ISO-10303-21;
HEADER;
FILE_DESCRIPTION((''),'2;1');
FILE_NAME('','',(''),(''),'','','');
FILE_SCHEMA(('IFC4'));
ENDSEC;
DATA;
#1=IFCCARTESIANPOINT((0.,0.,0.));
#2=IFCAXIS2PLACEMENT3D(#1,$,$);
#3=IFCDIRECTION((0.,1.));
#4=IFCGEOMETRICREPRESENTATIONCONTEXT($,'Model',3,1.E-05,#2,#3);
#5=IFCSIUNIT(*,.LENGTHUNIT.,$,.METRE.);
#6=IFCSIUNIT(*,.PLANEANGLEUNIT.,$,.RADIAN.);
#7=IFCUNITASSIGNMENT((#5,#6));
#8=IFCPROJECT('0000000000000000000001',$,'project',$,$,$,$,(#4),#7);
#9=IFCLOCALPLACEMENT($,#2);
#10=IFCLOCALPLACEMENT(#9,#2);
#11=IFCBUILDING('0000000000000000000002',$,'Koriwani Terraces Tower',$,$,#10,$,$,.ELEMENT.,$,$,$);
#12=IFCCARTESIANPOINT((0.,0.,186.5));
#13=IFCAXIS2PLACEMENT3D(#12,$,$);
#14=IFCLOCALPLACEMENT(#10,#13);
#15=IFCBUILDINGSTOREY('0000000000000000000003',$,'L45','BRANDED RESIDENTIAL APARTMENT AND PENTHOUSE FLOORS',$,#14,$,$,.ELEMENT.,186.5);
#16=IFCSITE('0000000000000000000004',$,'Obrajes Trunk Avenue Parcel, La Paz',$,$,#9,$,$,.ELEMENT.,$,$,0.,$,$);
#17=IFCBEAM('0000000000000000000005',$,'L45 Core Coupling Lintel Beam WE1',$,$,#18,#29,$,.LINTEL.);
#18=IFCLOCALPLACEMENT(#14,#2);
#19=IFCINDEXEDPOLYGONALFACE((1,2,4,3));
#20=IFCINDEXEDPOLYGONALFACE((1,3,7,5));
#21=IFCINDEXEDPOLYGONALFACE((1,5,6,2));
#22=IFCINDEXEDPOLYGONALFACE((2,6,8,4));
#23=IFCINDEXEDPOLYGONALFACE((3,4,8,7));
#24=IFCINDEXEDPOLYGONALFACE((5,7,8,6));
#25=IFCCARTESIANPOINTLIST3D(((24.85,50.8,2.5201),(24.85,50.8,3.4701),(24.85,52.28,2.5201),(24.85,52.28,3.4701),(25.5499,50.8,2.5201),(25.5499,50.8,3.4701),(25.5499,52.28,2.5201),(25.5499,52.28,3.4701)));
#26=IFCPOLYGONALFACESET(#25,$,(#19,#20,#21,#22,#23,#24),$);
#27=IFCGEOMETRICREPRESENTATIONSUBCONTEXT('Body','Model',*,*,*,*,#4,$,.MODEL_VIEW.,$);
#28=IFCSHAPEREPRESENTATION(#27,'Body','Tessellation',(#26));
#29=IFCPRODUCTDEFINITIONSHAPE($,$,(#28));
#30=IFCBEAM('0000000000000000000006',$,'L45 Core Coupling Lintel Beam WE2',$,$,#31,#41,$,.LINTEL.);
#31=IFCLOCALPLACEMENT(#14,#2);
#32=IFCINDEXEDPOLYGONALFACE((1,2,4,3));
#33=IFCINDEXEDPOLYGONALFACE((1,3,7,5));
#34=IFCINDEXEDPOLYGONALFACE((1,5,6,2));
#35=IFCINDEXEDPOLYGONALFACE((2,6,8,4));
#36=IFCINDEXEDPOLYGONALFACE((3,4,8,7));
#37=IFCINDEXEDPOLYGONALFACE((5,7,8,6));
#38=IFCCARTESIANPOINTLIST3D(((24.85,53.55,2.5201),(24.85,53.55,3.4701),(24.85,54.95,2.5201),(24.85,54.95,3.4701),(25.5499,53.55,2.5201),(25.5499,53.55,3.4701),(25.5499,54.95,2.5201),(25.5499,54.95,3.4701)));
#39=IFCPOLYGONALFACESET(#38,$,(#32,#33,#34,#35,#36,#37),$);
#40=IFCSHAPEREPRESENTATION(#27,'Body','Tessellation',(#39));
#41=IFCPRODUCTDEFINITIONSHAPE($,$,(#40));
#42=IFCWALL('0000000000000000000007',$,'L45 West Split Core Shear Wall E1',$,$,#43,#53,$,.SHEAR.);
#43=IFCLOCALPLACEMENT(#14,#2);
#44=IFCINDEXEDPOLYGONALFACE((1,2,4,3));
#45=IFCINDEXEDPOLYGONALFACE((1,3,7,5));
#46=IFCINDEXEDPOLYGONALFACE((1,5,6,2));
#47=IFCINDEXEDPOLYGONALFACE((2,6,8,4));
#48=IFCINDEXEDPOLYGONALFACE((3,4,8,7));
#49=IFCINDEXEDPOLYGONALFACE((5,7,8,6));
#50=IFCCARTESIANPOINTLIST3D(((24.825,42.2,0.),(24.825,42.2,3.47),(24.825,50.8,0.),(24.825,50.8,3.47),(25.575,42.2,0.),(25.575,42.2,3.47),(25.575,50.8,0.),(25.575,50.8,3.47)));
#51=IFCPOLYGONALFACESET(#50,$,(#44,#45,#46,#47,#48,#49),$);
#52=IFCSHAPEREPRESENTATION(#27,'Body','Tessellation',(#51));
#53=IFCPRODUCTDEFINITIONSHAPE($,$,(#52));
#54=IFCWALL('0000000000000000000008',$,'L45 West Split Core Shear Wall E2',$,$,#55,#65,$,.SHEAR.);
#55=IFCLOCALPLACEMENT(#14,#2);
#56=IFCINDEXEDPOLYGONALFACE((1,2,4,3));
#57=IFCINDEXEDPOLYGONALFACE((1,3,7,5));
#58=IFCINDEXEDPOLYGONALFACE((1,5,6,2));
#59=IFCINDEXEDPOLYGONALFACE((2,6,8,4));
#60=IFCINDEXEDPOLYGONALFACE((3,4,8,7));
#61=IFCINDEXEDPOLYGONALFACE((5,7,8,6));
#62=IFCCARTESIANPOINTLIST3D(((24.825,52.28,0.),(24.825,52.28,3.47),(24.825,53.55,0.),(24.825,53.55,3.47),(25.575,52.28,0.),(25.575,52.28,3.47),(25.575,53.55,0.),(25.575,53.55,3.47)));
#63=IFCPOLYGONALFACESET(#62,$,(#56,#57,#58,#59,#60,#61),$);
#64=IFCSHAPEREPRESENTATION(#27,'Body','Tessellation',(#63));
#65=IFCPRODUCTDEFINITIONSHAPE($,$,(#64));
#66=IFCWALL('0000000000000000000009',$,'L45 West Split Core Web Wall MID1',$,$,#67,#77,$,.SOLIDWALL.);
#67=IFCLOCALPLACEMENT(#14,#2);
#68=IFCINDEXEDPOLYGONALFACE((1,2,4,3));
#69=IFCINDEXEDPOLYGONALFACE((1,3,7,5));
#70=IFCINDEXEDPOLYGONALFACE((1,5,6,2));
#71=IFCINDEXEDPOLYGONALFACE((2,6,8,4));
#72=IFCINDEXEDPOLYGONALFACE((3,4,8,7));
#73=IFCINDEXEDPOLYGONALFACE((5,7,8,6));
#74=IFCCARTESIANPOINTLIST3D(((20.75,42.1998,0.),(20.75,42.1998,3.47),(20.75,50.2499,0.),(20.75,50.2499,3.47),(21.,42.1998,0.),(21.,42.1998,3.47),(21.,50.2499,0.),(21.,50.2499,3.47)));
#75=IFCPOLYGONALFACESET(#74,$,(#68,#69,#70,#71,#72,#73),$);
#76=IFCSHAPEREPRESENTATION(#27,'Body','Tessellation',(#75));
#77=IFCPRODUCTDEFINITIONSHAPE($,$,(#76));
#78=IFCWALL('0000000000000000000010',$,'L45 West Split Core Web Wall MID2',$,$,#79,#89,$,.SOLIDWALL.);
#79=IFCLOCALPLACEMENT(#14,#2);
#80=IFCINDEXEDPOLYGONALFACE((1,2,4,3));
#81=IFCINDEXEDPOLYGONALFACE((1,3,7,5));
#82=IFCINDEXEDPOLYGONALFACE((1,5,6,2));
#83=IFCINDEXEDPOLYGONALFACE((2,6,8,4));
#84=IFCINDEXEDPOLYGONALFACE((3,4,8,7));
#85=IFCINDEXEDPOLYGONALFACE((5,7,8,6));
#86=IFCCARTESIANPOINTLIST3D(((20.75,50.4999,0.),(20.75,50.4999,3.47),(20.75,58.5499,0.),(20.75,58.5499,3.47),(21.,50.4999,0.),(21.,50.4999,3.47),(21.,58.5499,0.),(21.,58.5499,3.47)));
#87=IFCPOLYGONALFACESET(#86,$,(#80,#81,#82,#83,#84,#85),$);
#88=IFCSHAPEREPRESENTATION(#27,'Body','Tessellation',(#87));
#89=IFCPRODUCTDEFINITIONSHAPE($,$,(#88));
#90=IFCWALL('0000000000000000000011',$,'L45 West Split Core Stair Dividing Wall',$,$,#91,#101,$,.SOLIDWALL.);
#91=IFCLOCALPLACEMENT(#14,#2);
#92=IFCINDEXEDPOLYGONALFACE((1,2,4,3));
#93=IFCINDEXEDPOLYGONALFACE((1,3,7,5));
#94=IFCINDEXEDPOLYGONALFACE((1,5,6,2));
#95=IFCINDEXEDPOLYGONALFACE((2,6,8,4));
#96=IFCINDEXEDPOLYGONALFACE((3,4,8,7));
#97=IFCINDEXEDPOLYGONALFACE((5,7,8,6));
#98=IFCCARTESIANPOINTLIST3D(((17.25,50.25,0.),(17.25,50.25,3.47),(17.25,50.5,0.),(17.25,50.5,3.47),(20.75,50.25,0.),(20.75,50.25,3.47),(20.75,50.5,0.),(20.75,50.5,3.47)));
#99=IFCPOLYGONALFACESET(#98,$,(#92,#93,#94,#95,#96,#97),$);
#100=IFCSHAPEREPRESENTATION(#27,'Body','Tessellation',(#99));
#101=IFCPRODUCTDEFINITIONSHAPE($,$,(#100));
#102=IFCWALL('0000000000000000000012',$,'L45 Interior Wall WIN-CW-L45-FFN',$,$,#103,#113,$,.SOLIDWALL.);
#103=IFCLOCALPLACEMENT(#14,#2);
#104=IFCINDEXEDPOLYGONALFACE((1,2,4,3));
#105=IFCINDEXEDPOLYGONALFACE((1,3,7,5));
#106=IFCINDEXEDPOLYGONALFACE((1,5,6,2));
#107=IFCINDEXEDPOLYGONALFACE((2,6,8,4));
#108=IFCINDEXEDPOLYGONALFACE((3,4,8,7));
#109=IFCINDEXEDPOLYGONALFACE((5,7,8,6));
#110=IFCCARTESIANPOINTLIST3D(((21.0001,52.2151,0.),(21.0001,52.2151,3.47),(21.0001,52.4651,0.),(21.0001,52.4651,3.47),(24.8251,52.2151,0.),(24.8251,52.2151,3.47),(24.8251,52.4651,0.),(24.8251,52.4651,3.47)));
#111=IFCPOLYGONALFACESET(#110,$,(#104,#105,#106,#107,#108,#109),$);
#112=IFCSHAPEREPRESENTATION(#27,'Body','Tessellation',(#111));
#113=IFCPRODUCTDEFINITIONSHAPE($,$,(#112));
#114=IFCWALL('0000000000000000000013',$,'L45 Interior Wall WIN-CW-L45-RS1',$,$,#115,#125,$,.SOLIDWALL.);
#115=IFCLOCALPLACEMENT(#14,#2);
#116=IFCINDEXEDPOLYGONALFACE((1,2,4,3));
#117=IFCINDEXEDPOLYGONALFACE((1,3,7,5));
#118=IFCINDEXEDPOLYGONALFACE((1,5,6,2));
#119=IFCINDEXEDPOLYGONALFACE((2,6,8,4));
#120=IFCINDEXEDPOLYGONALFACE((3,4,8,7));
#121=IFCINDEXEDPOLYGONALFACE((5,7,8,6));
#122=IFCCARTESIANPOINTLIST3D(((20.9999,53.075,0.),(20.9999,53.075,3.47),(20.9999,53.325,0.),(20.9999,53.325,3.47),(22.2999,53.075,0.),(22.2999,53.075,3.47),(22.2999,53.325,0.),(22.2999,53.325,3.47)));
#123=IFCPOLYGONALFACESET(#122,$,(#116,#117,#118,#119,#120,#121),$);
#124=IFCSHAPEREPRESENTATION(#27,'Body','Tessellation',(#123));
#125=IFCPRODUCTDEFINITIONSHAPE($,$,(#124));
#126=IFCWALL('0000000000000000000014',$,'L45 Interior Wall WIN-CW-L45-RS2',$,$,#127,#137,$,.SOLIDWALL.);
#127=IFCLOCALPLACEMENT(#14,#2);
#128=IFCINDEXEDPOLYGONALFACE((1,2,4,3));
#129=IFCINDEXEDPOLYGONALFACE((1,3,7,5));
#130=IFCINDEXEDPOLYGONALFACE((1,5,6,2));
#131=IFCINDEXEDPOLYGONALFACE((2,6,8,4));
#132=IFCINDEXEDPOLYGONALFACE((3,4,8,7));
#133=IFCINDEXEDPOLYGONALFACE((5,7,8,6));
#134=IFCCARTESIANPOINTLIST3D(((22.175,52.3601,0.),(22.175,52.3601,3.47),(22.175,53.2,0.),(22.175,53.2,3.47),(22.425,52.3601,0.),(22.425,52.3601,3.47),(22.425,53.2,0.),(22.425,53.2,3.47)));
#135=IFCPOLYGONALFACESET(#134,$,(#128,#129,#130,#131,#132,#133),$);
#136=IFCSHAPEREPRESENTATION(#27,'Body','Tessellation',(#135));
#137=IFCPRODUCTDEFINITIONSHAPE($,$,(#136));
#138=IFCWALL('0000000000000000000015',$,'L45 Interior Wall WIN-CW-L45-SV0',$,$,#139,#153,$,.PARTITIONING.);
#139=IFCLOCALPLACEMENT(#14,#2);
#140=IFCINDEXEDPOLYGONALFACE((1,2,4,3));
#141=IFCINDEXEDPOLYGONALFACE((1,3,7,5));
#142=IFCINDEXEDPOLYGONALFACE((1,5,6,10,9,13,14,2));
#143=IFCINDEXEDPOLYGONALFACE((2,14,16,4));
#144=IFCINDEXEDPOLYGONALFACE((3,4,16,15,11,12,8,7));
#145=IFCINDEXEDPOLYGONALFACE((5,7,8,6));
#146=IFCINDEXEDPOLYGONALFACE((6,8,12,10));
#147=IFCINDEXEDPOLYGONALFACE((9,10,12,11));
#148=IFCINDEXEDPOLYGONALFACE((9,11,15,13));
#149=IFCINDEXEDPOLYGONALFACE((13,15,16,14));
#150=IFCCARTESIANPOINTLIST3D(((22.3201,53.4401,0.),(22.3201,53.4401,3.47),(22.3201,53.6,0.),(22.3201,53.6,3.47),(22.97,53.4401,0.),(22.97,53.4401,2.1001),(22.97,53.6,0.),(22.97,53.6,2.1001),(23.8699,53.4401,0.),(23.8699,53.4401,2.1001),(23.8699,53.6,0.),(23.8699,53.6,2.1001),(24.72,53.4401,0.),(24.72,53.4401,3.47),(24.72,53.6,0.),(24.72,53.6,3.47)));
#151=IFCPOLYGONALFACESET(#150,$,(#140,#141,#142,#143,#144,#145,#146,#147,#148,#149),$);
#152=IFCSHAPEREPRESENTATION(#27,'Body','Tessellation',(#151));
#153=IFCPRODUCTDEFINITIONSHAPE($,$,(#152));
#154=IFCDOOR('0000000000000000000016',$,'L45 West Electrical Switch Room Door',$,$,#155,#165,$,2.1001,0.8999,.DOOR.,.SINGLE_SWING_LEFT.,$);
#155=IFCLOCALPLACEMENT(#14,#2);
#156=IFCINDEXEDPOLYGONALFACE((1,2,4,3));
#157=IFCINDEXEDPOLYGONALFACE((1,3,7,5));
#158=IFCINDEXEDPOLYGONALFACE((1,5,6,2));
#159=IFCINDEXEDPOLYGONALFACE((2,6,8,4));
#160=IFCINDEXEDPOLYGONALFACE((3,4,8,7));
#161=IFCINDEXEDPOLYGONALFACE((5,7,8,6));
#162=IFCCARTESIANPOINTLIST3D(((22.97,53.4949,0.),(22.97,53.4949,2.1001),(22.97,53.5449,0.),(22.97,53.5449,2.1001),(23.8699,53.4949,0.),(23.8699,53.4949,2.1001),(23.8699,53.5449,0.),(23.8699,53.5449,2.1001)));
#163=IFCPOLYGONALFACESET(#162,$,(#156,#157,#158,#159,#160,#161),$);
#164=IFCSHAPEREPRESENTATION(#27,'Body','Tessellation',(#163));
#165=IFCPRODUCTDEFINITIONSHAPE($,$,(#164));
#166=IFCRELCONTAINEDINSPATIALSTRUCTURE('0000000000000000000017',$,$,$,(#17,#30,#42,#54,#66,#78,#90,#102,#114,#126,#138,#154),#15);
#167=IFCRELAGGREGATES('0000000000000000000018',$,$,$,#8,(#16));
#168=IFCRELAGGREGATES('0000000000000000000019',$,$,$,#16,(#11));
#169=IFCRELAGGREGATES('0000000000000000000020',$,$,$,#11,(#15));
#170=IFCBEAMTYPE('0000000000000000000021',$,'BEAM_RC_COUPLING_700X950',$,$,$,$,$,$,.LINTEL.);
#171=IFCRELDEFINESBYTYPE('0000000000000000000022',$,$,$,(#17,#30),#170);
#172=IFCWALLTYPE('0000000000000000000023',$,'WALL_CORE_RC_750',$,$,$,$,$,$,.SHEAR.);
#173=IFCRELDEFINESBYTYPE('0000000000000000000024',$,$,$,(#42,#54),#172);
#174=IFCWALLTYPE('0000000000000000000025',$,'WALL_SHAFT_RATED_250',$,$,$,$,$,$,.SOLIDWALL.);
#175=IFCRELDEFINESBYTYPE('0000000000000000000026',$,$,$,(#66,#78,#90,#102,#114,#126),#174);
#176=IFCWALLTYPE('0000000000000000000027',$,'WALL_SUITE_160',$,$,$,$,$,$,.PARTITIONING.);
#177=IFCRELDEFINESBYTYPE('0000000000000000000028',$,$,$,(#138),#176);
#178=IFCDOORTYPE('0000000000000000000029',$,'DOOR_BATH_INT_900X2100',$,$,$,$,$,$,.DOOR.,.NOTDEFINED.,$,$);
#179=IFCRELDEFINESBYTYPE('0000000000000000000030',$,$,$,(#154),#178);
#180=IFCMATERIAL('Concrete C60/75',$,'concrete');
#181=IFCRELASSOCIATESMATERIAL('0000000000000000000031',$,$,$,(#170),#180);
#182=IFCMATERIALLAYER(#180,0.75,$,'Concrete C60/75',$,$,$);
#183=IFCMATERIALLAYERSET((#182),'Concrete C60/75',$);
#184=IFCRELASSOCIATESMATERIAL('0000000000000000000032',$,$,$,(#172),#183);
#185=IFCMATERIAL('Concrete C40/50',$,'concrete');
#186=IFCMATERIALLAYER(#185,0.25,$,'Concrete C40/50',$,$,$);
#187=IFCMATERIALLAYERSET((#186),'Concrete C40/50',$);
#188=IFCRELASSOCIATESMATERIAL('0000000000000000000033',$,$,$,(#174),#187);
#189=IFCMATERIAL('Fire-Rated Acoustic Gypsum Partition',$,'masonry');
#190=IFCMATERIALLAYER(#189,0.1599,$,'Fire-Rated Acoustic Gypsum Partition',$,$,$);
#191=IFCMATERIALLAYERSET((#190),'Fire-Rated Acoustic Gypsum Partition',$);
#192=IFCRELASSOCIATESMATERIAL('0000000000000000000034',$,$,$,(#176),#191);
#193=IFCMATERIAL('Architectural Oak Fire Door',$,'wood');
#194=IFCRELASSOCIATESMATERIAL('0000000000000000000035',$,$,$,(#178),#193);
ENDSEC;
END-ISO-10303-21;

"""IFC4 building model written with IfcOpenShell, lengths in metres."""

from ifc_helpers import new_model, si_unit, direction, frame, frame_2d, origin, origin_2d, place, context, subcontext, project, spatial, rectangle, extrude, material, layer, layer_set, material_profile, profile_set, type_object, element, fill, save


model = new_model("IFC4")

# Units and contexts
model_context = context("Model", 3, precision=1e-05, world=origin(), true_north=direction((0.0, 1.0)))
body_context = subcontext(model_context, "Body", "Model", "MODEL_VIEW")
ifc_project = project(units=[si_unit("LENGTHUNIT", "METRE"), si_unit("PLANEANGLEUNIT", "RADIAN")], contexts=[model_context])

# Site, building, storey
site_placement = place(None, origin())
site = spatial("IfcSite", under=ifc_project, at=site_placement, Name="Obrajes Trunk Avenue Parcel, La Paz", CompositionType="ELEMENT", RefElevation=0.0)
building_placement = place(site_placement, origin())
building = spatial("IfcBuilding", under=site, at=building_placement, Name="Koriwani Terraces Tower", CompositionType="ELEMENT")
storey_placement = place(building_placement, frame((0.0, 0.0, 186.5)))
storey = spatial("IfcBuildingStorey", under=building, at=storey_placement, Name="L45", Description="BRANDED RESIDENTIAL APARTMENT AND PENTHOUSE FLOORS", CompositionType="ELEMENT", Elevation=186.5)

# Beams
ifc_material_1 = material(Name="Concrete C60/75", Category="concrete")
ifc_material_profile = material_profile(ifc_material_1, rectangle(XDim=0.7, YDim=0.95, at=origin_2d()), Name="Concrete C60/75", Category="LoadBearing")
ifc_profile_set = profile_set([ifc_material_profile], Name="Concrete C60/75")
beam_type = type_object("IfcBeamType", Name="BEAM_RC_COUPLING_700X950", PredefinedType="LINTEL", material=ifc_profile_set)
beam_1_placement = place(storey_placement, frame((25.2, 50.8, 2.9951), z_axis=(0.0, 1.0, 0.0), x_axis=(-1.0, 0.0, 0.0)))
element("IfcBeam", 1, at=beam_1_placement, inside=storey, type_object=beam_type, Name="L45 Core Coupling Lintel Beam WE1", PredefinedType="LINTEL", context=body_context, shape_type="SweptSolid", body=[
    extrude(rectangle(XDim=0.7, YDim=0.95, at=origin_2d()), origin(), (0.0, 0.0, 1.0), 1.48),
])
beam_2_placement = place(storey_placement, frame((25.2, 53.55, 2.9951), z_axis=(0.0, 1.0, 0.0), x_axis=(-1.0, 0.0, 0.0)))
element("IfcBeam", 2, at=beam_2_placement, inside=storey, type_object=beam_type, Name="L45 Core Coupling Lintel Beam WE2", PredefinedType="LINTEL", context=body_context, shape_type="SweptSolid", body=[
    extrude(rectangle(XDim=0.7, YDim=0.95, at=origin_2d()), origin(), (0.0, 0.0, 1.0), 1.3999),
])

# Walls
ifc_layer_1 = layer(ifc_material_1, 0.75, Name="Concrete C60/75")
ifc_layer_set_1 = layer_set([ifc_layer_1], Name="Concrete C60/75")
wall_type_1 = type_object("IfcWallType", Name="WALL_CORE_RC_750", PredefinedType="SHEAR", material=ifc_layer_set_1)
wall_1_placement = place(storey_placement, frame((25.2, 42.2, 0.0), z_axis=(0.0, 0.0, 1.0), x_axis=(0.0, 1.0, 0.0)))
element("IfcWall", 3, at=wall_1_placement, inside=storey, type_object=wall_type_1, Name="L45 West Split Core Shear Wall E1", PredefinedType="SHEAR", context=body_context, shape_type="SweptSolid", body=[
    extrude(rectangle(XDim=8.6001, YDim=0.75, at=frame_2d((4.3, 0.0))), origin(), (0.0, 0.0, 1.0), 3.47),
])
wall_2_placement = place(storey_placement, frame((25.2, 52.28, 0.0), z_axis=(0.0, 0.0, 1.0), x_axis=(0.0, 1.0, 0.0)))
element("IfcWall", 4, at=wall_2_placement, inside=storey, type_object=wall_type_1, Name="L45 West Split Core Shear Wall E2", PredefinedType="SHEAR", context=body_context, shape_type="SweptSolid", body=[
    extrude(rectangle(XDim=1.27, YDim=0.75, at=frame_2d((0.635, 0.0))), origin(), (0.0, 0.0, 1.0), 3.47),
])
ifc_material_2 = material(Name="Concrete C40/50", Category="concrete")
ifc_layer_2 = layer(ifc_material_2, 0.25, Name="Concrete C40/50")
ifc_layer_set_2 = layer_set([ifc_layer_2], Name="Concrete C40/50")
wall_type_2 = type_object("IfcWallType", Name="WALL_SHAFT_RATED_250", PredefinedType="SOLIDWALL", material=ifc_layer_set_2)
for number, where, z_axis, x_axis, name in (
    (5, (20.875, 42.2, 0.0), (0.0, 0.0, 1.0), (0.0, 1.0, 0.0), "L45 West Split Core Web Wall MID1"),
    (6, (20.875, 50.5, 0.0), (0.0, 0.0, 1.0), (0.0, 1.0, 0.0), "L45 West Split Core Web Wall MID2"),
):
    element("IfcWall", number, at=place(storey_placement, frame(where, z_axis=z_axis, x_axis=x_axis)), inside=storey, type_object=wall_type_2, Name=name, PredefinedType="SOLIDWALL", context=body_context, shape_type="SweptSolid", body=[
        extrude(rectangle(XDim=8.05, YDim=0.25, at=frame_2d((4.0249, 0.0))), origin(), (0.0, 0.0, 1.0), 3.47),
    ])
wall_3_placement = place(storey_placement, frame((17.25, 50.375, 0.0), z_axis=(0.0, 0.0, 1.0), x_axis=(1.0, 0.0, 0.0)))
element("IfcWall", 7, at=wall_3_placement, inside=storey, type_object=wall_type_2, Name="L45 West Split Core Stair Dividing Wall", PredefinedType="SOLIDWALL", context=body_context, shape_type="SweptSolid", body=[
    extrude(rectangle(XDim=3.5, YDim=0.25, at=frame_2d((1.75, 0.0))), origin(), (0.0, 0.0, 1.0), 3.47),
])

# Walls
wall_4_placement = place(storey_placement, frame((21.0, 52.3401, 0.0), z_axis=(0.0, 0.0, 1.0), x_axis=(1.0, 0.0, 0.0)))
element("IfcWall", 8, at=wall_4_placement, inside=storey, type_object=wall_type_2, Name="L45 Interior Wall WIN-CW-L45-FFN", PredefinedType="SOLIDWALL", context=body_context, shape_type="SweptSolid", body=[
    extrude(rectangle(XDim=3.825, YDim=0.25, at=frame_2d((1.9126, 0.0))), origin(), (0.0, 0.0, 1.0), 3.47),
])
wall_5_placement = place(storey_placement, frame((21.0, 53.2, 0.0), z_axis=(0.0, 0.0, 1.0), x_axis=(1.0, 0.0, 0.0)))
element("IfcWall", 9, at=wall_5_placement, inside=storey, type_object=wall_type_2, Name="L45 Interior Wall WIN-CW-L45-RS1", PredefinedType="SOLIDWALL", context=body_context, shape_type="SweptSolid", body=[
    extrude(rectangle(XDim=1.3, YDim=0.25, at=frame_2d((0.6499, 0.0))), origin(), (0.0, 0.0, 1.0), 3.47),
])
wall_6_placement = place(storey_placement, frame((22.3, 52.3601, 0.0), z_axis=(0.0, 0.0, 1.0), x_axis=(0.0, 1.0, 0.0)))
element("IfcWall", 10, at=wall_6_placement, inside=storey, type_object=wall_type_2, Name="L45 Interior Wall WIN-CW-L45-RS2", PredefinedType="SOLIDWALL", context=body_context, shape_type="SweptSolid", body=[
    extrude(rectangle(XDim=0.8398, YDim=0.25, at=frame_2d((0.4199, 0.0))), origin(), (0.0, 0.0, 1.0), 3.47),
])

# Wall, opening, door
ifc_material_3 = material(Name="Fire-Rated Acoustic Gypsum Partition", Category="masonry")
ifc_layer_3 = layer(ifc_material_3, 0.1599, Name="Fire-Rated Acoustic Gypsum Partition")
ifc_layer_set_3 = layer_set([ifc_layer_3], Name="Fire-Rated Acoustic Gypsum Partition")
wall_type_3 = type_object("IfcWallType", Name="WALL_SUITE_160", PredefinedType="PARTITIONING", material=ifc_layer_set_3)
wall_7_placement = place(storey_placement, frame((22.3201, 53.52, 0.0), z_axis=(0.0, 0.0, 1.0), x_axis=(1.0, 0.0, 0.0)))
wall_7 = element("IfcWall", 11, at=wall_7_placement, inside=storey, type_object=wall_type_3, Name="L45 Interior Wall WIN-CW-L45-SV0", PredefinedType="PARTITIONING", context=body_context, shape_type="SweptSolid", body=[
    extrude(rectangle(XDim=2.3999, YDim=0.1599, at=frame_2d((1.2, 0.0))), origin(), (0.0, 0.0, 1.0), 3.47),
])
opening_1_placement = place(wall_7_placement, frame((0.6499, 0.0, 0.0)))
opening_1 = element("IfcOpeningElement", 12, at=opening_1_placement, cuts=wall_7, PredefinedType="OPENING", context=body_context, shape_type="SweptSolid", body=[
    extrude(rectangle(XDim=0.8999, YDim=2.1001, at=frame_2d((0.45, 1.05))), frame((0.0, 0.0898, 0.0), z_axis=(0.0, -1.0, 0.0), x_axis=(1.0, 0.0, 0.0)), (0.0, 0.0, 1.0), 0.1799),
])
ifc_material_4 = material(Name="Architectural Oak Fire Door", Category="wood")
door_type_1 = type_object("IfcDoorType", Name="DOOR_BATH_INT_900X2100", OperationType="NOTDEFINED", PredefinedType="DOOR", material=ifc_material_4)
door_1_placement = place(opening_1_placement, origin())
door_1 = element("IfcDoor", 13, at=door_1_placement, inside=storey, type_object=door_type_1, Name="L45 West Electrical Switch Room Door", OperationType="SINGLE_SWING_LEFT", OverallHeight=2.1001, OverallWidth=0.8999, PredefinedType="DOOR", context=body_context, shape_type="SweptSolid", body=[
    extrude(rectangle(XDim=0.8999, YDim=2.1001, at=frame_2d((0.45, 1.05))), frame((0.0, 0.0249, 0.0), z_axis=(0.0, -1.0, 0.0), x_axis=(1.0, 0.0, 0.0)), (0.0, 0.0, 1.0), 0.05),
])
fill(opening_1, door_1)

save(model, "model.ifc")
